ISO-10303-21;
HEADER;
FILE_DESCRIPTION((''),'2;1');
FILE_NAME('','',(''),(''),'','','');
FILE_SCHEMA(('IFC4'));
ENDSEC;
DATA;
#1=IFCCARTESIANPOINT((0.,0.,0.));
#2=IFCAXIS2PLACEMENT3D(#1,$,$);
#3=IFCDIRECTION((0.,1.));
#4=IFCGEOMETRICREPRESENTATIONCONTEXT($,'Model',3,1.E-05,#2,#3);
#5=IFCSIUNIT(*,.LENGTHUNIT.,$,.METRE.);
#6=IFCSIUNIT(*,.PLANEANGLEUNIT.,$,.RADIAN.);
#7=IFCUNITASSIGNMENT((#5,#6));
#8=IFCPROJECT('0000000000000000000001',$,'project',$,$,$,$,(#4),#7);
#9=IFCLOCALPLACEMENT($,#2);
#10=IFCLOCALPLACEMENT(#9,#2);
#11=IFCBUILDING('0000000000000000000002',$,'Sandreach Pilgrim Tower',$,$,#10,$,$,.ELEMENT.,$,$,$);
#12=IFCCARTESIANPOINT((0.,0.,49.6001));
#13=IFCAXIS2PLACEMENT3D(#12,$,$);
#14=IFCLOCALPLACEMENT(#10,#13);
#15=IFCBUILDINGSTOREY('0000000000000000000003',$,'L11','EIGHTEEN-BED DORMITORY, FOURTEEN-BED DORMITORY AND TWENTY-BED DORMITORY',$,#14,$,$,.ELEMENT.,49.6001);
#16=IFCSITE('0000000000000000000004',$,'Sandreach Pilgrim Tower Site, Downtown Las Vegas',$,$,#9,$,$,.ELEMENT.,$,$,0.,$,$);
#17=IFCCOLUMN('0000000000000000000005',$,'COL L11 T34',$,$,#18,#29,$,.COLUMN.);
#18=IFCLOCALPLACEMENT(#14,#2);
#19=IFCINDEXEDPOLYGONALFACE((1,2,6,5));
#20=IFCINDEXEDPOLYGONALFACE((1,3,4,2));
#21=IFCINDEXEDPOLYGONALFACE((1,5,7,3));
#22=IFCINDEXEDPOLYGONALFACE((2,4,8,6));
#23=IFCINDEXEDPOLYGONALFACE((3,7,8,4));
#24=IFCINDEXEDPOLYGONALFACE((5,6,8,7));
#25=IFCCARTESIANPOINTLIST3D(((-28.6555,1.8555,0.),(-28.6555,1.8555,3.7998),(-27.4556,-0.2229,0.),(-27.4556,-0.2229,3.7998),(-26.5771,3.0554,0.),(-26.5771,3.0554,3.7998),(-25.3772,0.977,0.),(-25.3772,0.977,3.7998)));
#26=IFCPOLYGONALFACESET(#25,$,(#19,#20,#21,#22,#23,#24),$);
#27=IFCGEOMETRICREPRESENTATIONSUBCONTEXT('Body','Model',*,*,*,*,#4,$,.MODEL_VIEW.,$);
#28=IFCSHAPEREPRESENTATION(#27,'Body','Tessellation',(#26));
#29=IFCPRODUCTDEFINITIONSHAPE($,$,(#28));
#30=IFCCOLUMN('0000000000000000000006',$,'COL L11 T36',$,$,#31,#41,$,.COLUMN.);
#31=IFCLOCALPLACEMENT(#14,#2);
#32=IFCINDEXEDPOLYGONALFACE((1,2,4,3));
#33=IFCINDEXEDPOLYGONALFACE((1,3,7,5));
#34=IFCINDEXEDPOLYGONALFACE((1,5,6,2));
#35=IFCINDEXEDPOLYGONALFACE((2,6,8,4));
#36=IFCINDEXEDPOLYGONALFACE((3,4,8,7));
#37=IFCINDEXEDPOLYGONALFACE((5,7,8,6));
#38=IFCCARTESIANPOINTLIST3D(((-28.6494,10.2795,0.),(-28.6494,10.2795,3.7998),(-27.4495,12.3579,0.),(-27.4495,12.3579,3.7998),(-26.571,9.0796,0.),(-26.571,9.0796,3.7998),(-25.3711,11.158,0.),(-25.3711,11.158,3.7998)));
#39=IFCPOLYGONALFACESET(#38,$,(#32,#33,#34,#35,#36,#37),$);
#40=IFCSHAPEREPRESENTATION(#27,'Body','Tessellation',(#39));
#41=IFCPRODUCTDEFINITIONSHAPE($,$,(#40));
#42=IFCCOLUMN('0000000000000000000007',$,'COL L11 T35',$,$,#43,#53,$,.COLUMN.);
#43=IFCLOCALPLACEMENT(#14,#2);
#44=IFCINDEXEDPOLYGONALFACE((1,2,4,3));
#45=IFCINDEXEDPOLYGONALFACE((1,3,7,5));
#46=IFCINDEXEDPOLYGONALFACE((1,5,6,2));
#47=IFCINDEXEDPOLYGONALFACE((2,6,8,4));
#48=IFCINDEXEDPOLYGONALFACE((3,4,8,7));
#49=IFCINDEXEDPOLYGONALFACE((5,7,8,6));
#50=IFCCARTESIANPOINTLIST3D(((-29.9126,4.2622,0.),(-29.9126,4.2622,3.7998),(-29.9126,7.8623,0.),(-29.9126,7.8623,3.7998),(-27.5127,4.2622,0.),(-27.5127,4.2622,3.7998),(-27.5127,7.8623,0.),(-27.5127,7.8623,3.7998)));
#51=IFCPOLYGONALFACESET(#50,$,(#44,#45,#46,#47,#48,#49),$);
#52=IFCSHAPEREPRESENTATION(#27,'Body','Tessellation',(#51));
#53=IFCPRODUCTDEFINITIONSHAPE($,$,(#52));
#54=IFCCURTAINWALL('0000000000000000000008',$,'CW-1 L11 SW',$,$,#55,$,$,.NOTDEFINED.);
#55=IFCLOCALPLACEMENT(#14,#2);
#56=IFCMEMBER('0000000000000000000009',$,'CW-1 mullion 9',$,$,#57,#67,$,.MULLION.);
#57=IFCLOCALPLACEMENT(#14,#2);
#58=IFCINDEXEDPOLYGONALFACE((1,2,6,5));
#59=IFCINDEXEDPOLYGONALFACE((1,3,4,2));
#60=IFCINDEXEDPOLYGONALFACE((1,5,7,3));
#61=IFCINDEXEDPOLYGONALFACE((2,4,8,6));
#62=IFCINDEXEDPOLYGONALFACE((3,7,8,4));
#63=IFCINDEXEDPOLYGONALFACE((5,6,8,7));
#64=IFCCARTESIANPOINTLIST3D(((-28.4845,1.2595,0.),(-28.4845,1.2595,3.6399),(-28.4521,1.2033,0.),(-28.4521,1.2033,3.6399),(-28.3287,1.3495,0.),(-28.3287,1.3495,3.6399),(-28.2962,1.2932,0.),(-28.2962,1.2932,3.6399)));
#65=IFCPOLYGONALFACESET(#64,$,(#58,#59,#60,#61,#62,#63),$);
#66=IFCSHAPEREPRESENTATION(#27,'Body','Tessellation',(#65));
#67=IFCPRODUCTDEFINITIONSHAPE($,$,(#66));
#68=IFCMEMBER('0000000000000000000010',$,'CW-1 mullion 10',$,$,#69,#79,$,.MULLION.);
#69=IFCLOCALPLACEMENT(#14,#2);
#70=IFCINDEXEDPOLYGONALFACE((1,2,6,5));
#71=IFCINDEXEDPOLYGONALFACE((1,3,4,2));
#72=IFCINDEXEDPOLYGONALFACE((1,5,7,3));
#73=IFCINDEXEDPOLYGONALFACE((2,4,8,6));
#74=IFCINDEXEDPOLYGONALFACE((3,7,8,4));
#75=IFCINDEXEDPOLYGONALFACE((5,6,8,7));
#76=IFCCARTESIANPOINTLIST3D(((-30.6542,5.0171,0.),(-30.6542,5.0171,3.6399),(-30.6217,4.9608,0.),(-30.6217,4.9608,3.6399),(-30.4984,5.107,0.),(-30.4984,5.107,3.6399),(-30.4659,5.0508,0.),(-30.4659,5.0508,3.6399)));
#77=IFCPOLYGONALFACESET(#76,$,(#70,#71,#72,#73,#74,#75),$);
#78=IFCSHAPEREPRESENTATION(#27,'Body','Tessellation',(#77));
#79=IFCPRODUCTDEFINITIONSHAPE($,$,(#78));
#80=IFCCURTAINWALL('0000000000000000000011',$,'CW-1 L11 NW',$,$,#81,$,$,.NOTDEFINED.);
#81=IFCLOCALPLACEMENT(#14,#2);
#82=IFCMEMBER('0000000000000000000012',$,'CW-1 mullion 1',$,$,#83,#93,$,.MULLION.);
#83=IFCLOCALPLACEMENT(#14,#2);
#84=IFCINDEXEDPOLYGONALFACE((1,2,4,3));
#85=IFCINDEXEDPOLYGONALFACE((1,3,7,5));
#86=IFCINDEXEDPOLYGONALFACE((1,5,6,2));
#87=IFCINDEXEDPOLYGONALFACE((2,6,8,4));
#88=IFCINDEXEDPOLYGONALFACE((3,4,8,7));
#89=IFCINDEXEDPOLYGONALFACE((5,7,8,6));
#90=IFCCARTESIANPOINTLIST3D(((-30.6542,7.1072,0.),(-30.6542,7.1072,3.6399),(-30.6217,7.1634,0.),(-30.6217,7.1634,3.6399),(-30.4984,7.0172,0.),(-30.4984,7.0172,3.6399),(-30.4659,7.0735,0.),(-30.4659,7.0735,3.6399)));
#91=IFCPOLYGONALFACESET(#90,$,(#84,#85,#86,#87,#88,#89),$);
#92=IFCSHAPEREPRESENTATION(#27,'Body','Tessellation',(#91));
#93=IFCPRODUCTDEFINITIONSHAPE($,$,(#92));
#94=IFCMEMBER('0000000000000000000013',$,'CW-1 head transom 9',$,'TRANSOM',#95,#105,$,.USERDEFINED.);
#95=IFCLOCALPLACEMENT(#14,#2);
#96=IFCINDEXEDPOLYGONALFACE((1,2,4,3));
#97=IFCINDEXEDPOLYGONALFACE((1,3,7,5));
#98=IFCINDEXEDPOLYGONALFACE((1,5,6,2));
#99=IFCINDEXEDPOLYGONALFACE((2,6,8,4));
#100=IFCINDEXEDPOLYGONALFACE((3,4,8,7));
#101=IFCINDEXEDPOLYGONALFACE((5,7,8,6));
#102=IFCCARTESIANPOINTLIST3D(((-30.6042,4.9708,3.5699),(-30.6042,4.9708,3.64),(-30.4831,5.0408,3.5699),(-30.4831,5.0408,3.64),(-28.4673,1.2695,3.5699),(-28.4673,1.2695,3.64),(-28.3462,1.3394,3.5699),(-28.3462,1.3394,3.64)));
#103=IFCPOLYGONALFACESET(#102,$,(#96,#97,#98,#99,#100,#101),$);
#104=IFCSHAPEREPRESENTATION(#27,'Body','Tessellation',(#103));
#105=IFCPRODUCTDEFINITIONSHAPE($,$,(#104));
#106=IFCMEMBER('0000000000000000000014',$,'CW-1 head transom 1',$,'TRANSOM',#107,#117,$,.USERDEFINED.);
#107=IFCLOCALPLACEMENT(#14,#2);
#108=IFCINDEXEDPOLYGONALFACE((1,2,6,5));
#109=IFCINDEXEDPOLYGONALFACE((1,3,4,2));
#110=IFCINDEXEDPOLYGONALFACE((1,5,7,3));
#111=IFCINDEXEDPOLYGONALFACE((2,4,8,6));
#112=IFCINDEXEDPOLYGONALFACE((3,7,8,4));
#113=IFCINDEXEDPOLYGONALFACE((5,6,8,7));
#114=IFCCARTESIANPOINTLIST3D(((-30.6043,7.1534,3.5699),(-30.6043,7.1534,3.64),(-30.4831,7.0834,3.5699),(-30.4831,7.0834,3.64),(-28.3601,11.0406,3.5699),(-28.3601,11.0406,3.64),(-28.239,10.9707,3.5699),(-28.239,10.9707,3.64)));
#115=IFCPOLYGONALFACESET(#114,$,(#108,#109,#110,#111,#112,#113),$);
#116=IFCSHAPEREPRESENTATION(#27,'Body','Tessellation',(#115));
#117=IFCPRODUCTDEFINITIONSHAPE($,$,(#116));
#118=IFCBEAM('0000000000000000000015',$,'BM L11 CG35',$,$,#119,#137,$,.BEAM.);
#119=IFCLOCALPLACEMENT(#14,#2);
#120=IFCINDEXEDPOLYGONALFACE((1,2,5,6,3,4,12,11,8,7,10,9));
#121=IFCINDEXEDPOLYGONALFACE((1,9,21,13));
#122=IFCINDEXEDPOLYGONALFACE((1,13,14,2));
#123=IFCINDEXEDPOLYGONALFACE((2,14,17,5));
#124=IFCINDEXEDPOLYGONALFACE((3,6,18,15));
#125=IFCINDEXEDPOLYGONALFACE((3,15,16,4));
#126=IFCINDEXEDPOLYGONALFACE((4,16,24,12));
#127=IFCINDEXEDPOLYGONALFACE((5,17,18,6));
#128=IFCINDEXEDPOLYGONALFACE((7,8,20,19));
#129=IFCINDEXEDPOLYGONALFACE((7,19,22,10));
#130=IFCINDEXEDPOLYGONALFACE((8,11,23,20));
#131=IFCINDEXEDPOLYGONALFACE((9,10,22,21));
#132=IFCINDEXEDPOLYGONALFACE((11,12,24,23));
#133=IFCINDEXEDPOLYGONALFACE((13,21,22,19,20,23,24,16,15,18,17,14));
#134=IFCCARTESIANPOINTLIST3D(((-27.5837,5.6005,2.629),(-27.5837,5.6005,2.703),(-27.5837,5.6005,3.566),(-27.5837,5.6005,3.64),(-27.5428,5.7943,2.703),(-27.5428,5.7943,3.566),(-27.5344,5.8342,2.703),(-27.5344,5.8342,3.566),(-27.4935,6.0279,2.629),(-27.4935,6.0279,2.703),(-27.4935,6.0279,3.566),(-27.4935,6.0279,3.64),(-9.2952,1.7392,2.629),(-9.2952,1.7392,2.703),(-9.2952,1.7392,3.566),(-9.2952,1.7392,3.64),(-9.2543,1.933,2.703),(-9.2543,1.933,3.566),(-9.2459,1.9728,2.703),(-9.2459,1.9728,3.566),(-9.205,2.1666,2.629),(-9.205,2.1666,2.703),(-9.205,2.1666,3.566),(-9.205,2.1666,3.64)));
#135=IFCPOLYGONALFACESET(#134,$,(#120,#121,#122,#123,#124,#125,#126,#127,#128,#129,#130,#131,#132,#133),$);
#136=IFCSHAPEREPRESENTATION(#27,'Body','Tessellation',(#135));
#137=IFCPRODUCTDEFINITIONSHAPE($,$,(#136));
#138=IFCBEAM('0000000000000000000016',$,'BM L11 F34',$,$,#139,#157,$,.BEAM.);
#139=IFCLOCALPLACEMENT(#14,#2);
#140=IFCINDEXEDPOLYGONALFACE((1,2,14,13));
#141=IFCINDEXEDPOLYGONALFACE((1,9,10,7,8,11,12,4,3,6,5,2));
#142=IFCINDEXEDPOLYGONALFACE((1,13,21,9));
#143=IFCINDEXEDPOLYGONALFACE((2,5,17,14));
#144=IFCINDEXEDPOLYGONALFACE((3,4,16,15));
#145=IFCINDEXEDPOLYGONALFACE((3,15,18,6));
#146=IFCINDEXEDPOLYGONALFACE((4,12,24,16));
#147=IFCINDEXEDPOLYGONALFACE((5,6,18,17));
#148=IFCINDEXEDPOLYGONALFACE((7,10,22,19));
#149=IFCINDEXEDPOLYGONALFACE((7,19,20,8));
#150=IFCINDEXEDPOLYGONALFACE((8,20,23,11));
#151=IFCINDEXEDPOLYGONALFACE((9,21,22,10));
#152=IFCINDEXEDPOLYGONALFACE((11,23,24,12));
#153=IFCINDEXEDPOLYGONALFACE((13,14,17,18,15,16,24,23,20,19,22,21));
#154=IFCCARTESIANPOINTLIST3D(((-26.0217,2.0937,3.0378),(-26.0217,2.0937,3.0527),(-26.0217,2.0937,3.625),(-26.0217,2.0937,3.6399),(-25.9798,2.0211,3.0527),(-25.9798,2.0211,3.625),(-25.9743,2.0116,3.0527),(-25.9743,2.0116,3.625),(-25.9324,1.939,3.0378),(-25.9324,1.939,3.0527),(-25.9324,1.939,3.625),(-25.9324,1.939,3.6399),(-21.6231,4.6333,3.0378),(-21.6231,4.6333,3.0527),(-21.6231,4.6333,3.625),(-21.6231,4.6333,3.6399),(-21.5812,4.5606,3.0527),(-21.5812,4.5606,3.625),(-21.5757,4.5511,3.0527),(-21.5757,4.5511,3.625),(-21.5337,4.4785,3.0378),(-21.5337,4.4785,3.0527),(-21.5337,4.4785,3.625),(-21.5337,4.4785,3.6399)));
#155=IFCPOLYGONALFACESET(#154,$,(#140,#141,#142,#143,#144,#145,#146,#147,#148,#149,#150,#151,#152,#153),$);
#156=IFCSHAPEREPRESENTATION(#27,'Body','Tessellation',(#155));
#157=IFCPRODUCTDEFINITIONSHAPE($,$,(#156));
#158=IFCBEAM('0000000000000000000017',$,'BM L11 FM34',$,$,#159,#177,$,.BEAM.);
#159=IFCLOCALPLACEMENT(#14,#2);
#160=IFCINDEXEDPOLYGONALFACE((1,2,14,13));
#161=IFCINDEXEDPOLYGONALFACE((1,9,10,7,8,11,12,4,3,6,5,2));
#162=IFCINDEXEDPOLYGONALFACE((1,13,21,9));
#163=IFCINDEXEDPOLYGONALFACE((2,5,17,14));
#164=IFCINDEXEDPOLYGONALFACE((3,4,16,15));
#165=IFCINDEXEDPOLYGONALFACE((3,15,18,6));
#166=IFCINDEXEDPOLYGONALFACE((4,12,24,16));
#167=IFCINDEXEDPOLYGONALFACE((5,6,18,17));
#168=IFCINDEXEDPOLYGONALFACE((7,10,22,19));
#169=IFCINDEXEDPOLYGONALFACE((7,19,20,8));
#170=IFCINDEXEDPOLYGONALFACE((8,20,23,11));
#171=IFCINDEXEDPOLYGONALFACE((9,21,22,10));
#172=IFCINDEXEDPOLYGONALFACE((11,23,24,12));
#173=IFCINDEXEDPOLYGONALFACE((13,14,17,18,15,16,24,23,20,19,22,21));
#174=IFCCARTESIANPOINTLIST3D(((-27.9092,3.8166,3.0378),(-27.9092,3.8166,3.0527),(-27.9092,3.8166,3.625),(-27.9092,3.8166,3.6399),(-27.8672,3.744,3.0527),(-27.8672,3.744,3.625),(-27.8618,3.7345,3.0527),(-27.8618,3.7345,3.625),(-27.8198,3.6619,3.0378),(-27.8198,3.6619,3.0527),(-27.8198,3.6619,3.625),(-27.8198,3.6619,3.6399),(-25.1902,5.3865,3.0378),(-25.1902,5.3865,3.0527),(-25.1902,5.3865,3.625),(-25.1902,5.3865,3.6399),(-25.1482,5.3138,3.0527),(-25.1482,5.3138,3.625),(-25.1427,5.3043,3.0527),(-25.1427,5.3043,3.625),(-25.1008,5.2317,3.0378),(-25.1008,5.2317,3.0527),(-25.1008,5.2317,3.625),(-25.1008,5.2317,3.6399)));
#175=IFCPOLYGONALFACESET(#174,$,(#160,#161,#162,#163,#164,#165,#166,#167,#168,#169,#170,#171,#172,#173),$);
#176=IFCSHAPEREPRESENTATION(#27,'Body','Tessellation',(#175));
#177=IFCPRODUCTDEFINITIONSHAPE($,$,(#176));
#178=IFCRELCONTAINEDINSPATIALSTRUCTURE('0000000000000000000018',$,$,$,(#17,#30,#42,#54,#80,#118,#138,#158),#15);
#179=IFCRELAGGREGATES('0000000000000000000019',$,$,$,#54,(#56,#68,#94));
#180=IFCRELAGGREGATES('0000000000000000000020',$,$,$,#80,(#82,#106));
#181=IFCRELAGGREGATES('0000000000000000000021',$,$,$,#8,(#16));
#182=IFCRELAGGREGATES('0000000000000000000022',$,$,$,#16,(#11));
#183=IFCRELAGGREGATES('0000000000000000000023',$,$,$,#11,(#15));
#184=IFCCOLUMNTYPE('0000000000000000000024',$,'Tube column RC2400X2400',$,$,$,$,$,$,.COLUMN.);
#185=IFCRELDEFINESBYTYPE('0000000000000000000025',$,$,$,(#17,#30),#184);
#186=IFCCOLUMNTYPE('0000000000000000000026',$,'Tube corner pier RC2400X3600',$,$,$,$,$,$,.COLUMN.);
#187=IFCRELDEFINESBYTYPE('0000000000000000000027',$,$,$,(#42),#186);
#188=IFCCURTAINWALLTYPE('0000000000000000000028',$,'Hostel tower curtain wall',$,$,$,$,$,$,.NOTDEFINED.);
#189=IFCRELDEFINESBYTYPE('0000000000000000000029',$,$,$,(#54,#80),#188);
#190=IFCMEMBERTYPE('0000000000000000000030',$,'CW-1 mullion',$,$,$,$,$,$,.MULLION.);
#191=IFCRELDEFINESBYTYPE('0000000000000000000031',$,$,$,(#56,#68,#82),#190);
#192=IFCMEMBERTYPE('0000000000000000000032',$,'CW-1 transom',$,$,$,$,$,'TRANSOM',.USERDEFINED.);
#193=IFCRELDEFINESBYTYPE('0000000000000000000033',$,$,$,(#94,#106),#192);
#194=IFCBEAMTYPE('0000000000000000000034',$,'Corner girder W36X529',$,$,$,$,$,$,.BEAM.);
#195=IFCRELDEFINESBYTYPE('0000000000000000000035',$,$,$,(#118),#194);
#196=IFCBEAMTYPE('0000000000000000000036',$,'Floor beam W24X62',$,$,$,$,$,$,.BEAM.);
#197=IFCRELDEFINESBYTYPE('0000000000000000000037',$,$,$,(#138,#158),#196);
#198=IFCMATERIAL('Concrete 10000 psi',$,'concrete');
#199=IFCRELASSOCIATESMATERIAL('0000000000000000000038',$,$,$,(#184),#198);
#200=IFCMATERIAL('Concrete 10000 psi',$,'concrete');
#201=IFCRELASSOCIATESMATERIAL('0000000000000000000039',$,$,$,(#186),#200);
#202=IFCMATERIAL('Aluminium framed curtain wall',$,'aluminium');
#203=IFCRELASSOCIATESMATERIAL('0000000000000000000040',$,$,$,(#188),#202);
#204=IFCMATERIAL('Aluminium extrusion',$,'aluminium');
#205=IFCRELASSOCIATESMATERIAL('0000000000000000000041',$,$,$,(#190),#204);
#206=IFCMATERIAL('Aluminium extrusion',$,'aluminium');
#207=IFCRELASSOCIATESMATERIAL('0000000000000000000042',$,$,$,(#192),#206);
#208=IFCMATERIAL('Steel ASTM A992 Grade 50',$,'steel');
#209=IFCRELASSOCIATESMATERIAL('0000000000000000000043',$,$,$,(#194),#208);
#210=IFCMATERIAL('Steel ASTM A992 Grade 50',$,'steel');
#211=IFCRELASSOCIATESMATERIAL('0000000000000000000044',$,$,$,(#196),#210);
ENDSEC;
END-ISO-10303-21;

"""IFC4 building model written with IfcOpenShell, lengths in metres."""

from ifc_helpers import new_model, si_unit, direction, frame, origin, origin_2d, place, context, subcontext, project, spatial, rectangle, i_section, extrude, material, material_profile, profile_set, type_object, element, aggregate, save


model = new_model("IFC4")

# Units and contexts
model_context = context("Model", 3, precision=1e-05, world=origin(), true_north=direction((0.0, 1.0)))
body_context = subcontext(model_context, "Body", "Model", "MODEL_VIEW")
ifc_project = project(units=[si_unit("LENGTHUNIT", "METRE"), si_unit("PLANEANGLEUNIT", "RADIAN")], contexts=[model_context])

# Site, building, storey
site_placement = place(None, origin())
site = spatial("IfcSite", under=ifc_project, at=site_placement, Name="Sandreach Pilgrim Tower Site, Downtown Las Vegas", CompositionType="ELEMENT", RefElevation=0.0)
building_placement = place(site_placement, origin())
building = spatial("IfcBuilding", under=site, at=building_placement, Name="Sandreach Pilgrim Tower", CompositionType="ELEMENT")
storey_placement = place(building_placement, frame((0.0, 0.0, 49.6001)))
storey = spatial("IfcBuildingStorey", under=building, at=storey_placement, Name="L11", Description="EIGHTEEN-BED DORMITORY, FOURTEEN-BED DORMITORY AND TWENTY-BED DORMITORY", CompositionType="ELEMENT", Elevation=49.6001)

# Columns
ifc_material_1 = material(Name="Concrete 10000 psi", Category="concrete")
ifc_material_profile_1 = material_profile(ifc_material_1, rectangle(XDim=2.3999, YDim=2.3999, at=origin_2d()), Name="RC2400X2400")
ifc_profile_set_1 = profile_set([ifc_material_profile_1], Name="Concrete 10000 psi")
column_type_1 = type_object("IfcColumnType", Name="Tube column RC2400X2400", PredefinedType="COLUMN", material=ifc_profile_set_1)
for number, where, z_axis, x_axis, name in (
    (1, (-27.0164, 1.4163, 0.0), (0.0, 0.0, 1.0), (-0.866025, -0.5, 0.0), "COL L11 T34"),
    (2, (-27.0103, 10.7188, 0.0), (0.0, 0.0, 1.0), (-0.866025, 0.5, 0.0), "COL L11 T36"),
):
    element("IfcColumn", number, at=place(storey_placement, frame(where, z_axis=z_axis, x_axis=x_axis)), inside=storey, type_object=column_type_1, Name=name, PredefinedType="COLUMN", context=body_context, shape_type="SweptSolid", body=[
        extrude(rectangle(XDim=2.3999, YDim=2.3999, at=origin_2d()), origin(), (0.0, 0.0, 1.0), 3.7998),
    ])
ifc_material_2 = material(Name="Concrete 10000 psi", Category="concrete")
ifc_material_profile_2 = material_profile(ifc_material_2, rectangle(XDim=2.3999, YDim=3.6001, at=origin_2d()), Name="RC2400X3600")
ifc_profile_set_2 = profile_set([ifc_material_profile_2], Name="Concrete 10000 psi")
column_type_2 = type_object("IfcColumnType", Name="Tube corner pier RC2400X3600", PredefinedType="COLUMN", material=ifc_profile_set_2)
column_placement = place(storey_placement, frame((-28.7126, 6.0623, 0.0), z_axis=(0.0, 0.0, 1.0), x_axis=(-1.0, 0.0, 0.0)))
element("IfcColumn", 3, at=column_placement, inside=storey, type_object=column_type_2, Name="COL L11 T35", PredefinedType="COLUMN", context=body_context, shape_type="SweptSolid", body=[
    extrude(rectangle(XDim=2.3999, YDim=3.6001, at=origin_2d()), origin(), (0.0, 0.0, 1.0), 3.7998),
])

# Curtain wall, members
ifc_material_3 = material(Name="Aluminium framed curtain wall", Category="aluminium")
curtain_wall_type = type_object("IfcCurtainWallType", Name="Hostel tower curtain wall", PredefinedType="NOTDEFINED", material=ifc_material_3)
curtain_wall_1_placement = place(storey_placement, origin())
curtain_wall_1 = element("IfcCurtainWall", 4, at=curtain_wall_1_placement, inside=storey, type_object=curtain_wall_type, Name="CW-1 L11 SW", PredefinedType="NOTDEFINED")
ifc_material_4 = material(Name="Aluminium extrusion", Category="aluminium")
ifc_material_profile_3 = material_profile(ifc_material_4, rectangle(XDim=0.0649, YDim=0.1799, at=origin_2d()), Name="CW-1M 65X180")
ifc_profile_set_3 = profile_set([ifc_material_profile_3], Name="Aluminium extrusion")
member_type_1 = type_object("IfcMemberType", Name="CW-1 mullion", PredefinedType="MULLION", material=ifc_profile_set_3)
member_1_placement = place(storey_placement, frame((-28.3904, 1.2764, 0.0), z_axis=(0.0, 0.0, 1.0), x_axis=(-0.5, 0.866025, 0.0)))
member_1 = element("IfcMember", 5, at=member_1_placement, type_object=member_type_1, Name="CW-1 mullion 9", PredefinedType="MULLION", context=body_context, shape_type="SweptSolid", body=[
    extrude(rectangle(XDim=0.0649, YDim=0.1799, at=origin_2d()), origin(), (0.0, 0.0, 1.0), 3.6399),
])
member_2_placement = place(storey_placement, frame((-30.5601, 5.0339, 0.0), z_axis=(0.0, 0.0, 1.0), x_axis=(-0.5, 0.866025, 0.0)))
member_2 = element("IfcMember", 6, at=member_2_placement, type_object=member_type_1, Name="CW-1 mullion 10", PredefinedType="MULLION", context=body_context, shape_type="SweptSolid", body=[
    extrude(rectangle(XDim=0.0649, YDim=0.1799, at=origin_2d()), origin(), (0.0, 0.0, 1.0), 3.6399),
])

# Curtain wall, member
curtain_wall_2_placement = place(storey_placement, origin())
curtain_wall_2 = element("IfcCurtainWall", 7, at=curtain_wall_2_placement, inside=storey, type_object=curtain_wall_type, Name="CW-1 L11 NW", PredefinedType="NOTDEFINED")
member_3_placement = place(storey_placement, frame((-30.5601, 7.0903, 0.0), z_axis=(0.0, 0.0, 1.0), x_axis=(0.5, 0.866025, 0.0)))
member_3 = element("IfcMember", 8, at=member_3_placement, type_object=member_type_1, Name="CW-1 mullion 1", PredefinedType="MULLION", context=body_context, shape_type="SweptSolid", body=[
    extrude(rectangle(XDim=0.0649, YDim=0.1799, at=origin_2d()), origin(), (0.0, 0.0, 1.0), 3.6399),
])

# Members
ifc_material_5 = material(Name="Aluminium extrusion", Category="aluminium")
ifc_material_profile_4 = material_profile(ifc_material_5, rectangle(XDim=0.1399, YDim=0.0701, at=origin_2d()), Name="CW-1T 140X70")
ifc_profile_set_4 = profile_set([ifc_material_profile_4], Name="Aluminium extrusion")
member_type_2 = type_object("IfcMemberType", Name="CW-1 transom", ElementType="TRANSOM", PredefinedType="USERDEFINED", material=ifc_profile_set_4)
member_4_placement = place(storey_placement, frame((-28.4067, 1.3044, 3.605), z_axis=(-0.499991, 0.866031, 0.0), x_axis=(-0.866031, -0.499991, 0.0)))
member_4 = element("IfcMember", 9, at=member_4_placement, type_object=member_type_2, Name="CW-1 head transom 9", ObjectType="TRANSOM", PredefinedType="USERDEFINED", context=body_context, shape_type="SweptSolid", body=[
    extrude(rectangle(XDim=0.1399, YDim=0.0701, at=origin_2d()), origin(), (0.0, 0.0, 1.0), 4.2739),
])
member_5_placement = place(storey_placement, frame((-30.5437, 7.1184, 3.605), z_axis=(0.499977, 0.866039, 0.0), x_axis=(-0.866039, 0.499977, 0.0)))
member_5 = element("IfcMember", 10, at=member_5_placement, type_object=member_type_2, Name="CW-1 head transom 1", ObjectType="TRANSOM", PredefinedType="USERDEFINED", context=body_context, shape_type="SweptSolid", body=[
    extrude(rectangle(XDim=0.1399, YDim=0.0701, at=origin_2d()), origin(), (0.0, 0.0, 1.0), 4.4885),
])

# Beams
ifc_material_6 = material(Name="Steel ASTM A992 Grade 50", Category="steel")
ifc_material_profile_5 = material_profile(ifc_material_6, i_section(OverallWidth=0.4368, OverallDepth=1.011, WebThickness=0.0408, FlangeThickness=0.074, at=origin_2d()), Name="W36X529")
ifc_profile_set_5 = profile_set([ifc_material_profile_5], Name="Steel ASTM A992 Grade 50")
beam_type_1 = type_object("IfcBeamType", Name="Corner girder W36X529", PredefinedType="BEAM", material=ifc_profile_set_5)
beam_1_placement = place(storey_placement, frame((-27.5386, 5.8142, 3.1345), z_axis=(0.97843, -0.206579, 0.0), x_axis=(0.206579, 0.97843, 0.0)))
element("IfcBeam", 11, at=beam_1_placement, inside=storey, type_object=beam_type_1, Name="BM L11 CG35", PredefinedType="BEAM", context=body_context, shape_type="SweptSolid", body=[
    extrude(i_section(OverallWidth=0.4368, OverallDepth=1.011, WebThickness=0.0408, FlangeThickness=0.074, at=origin_2d()), origin(), (0.0, 0.0, 1.0), 18.6917),
])
ifc_material_7 = material(Name="Steel ASTM A992 Grade 50", Category="steel")
ifc_material_profile_6 = material_profile(ifc_material_7, i_section(OverallWidth=0.1787, OverallDepth=0.6021, WebThickness=0.011, FlangeThickness=0.0149, at=origin_2d()), Name="W24X62")
ifc_profile_set_6 = profile_set([ifc_material_profile_6], Name="Steel ASTM A992 Grade 50")
beam_type_2 = type_object("IfcBeamType", Name="Floor beam W24X62", PredefinedType="BEAM", material=ifc_profile_set_6)
beam_2_placement = place(storey_placement, frame((-25.9771, 2.0164, 3.3389), z_axis=(0.866028, 0.499996, 0.0), x_axis=(-0.499996, 0.866028, 0.0)))
element("IfcBeam", 12, at=beam_2_placement, inside=storey, type_object=beam_type_2, Name="BM L11 F34", PredefinedType="BEAM", context=body_context, shape_type="SweptSolid", body=[
    extrude(i_section(OverallWidth=0.1787, OverallDepth=0.6021, WebThickness=0.011, FlangeThickness=0.0149, at=origin_2d()), origin(), (0.0, 0.0, 1.0), 5.0791),
])
beam_3_placement = place(storey_placement, frame((-27.8645, 3.7393, 3.3389), z_axis=(0.866024, 0.500003, 0.0), x_axis=(-0.500003, 0.866024, 0.0)))
element("IfcBeam", 13, at=beam_3_placement, inside=storey, type_object=beam_type_2, Name="BM L11 FM34", PredefinedType="BEAM", context=body_context, shape_type="SweptSolid", body=[
    extrude(i_section(OverallWidth=0.1787, OverallDepth=0.6021, WebThickness=0.011, FlangeThickness=0.0149, at=origin_2d()), origin(), (0.0, 0.0, 1.0), 3.1396),
])

aggregate(curtain_wall_1, [member_1, member_2, member_4])
aggregate(curtain_wall_2, [member_3, member_5])

save(model, "model.ifc")
